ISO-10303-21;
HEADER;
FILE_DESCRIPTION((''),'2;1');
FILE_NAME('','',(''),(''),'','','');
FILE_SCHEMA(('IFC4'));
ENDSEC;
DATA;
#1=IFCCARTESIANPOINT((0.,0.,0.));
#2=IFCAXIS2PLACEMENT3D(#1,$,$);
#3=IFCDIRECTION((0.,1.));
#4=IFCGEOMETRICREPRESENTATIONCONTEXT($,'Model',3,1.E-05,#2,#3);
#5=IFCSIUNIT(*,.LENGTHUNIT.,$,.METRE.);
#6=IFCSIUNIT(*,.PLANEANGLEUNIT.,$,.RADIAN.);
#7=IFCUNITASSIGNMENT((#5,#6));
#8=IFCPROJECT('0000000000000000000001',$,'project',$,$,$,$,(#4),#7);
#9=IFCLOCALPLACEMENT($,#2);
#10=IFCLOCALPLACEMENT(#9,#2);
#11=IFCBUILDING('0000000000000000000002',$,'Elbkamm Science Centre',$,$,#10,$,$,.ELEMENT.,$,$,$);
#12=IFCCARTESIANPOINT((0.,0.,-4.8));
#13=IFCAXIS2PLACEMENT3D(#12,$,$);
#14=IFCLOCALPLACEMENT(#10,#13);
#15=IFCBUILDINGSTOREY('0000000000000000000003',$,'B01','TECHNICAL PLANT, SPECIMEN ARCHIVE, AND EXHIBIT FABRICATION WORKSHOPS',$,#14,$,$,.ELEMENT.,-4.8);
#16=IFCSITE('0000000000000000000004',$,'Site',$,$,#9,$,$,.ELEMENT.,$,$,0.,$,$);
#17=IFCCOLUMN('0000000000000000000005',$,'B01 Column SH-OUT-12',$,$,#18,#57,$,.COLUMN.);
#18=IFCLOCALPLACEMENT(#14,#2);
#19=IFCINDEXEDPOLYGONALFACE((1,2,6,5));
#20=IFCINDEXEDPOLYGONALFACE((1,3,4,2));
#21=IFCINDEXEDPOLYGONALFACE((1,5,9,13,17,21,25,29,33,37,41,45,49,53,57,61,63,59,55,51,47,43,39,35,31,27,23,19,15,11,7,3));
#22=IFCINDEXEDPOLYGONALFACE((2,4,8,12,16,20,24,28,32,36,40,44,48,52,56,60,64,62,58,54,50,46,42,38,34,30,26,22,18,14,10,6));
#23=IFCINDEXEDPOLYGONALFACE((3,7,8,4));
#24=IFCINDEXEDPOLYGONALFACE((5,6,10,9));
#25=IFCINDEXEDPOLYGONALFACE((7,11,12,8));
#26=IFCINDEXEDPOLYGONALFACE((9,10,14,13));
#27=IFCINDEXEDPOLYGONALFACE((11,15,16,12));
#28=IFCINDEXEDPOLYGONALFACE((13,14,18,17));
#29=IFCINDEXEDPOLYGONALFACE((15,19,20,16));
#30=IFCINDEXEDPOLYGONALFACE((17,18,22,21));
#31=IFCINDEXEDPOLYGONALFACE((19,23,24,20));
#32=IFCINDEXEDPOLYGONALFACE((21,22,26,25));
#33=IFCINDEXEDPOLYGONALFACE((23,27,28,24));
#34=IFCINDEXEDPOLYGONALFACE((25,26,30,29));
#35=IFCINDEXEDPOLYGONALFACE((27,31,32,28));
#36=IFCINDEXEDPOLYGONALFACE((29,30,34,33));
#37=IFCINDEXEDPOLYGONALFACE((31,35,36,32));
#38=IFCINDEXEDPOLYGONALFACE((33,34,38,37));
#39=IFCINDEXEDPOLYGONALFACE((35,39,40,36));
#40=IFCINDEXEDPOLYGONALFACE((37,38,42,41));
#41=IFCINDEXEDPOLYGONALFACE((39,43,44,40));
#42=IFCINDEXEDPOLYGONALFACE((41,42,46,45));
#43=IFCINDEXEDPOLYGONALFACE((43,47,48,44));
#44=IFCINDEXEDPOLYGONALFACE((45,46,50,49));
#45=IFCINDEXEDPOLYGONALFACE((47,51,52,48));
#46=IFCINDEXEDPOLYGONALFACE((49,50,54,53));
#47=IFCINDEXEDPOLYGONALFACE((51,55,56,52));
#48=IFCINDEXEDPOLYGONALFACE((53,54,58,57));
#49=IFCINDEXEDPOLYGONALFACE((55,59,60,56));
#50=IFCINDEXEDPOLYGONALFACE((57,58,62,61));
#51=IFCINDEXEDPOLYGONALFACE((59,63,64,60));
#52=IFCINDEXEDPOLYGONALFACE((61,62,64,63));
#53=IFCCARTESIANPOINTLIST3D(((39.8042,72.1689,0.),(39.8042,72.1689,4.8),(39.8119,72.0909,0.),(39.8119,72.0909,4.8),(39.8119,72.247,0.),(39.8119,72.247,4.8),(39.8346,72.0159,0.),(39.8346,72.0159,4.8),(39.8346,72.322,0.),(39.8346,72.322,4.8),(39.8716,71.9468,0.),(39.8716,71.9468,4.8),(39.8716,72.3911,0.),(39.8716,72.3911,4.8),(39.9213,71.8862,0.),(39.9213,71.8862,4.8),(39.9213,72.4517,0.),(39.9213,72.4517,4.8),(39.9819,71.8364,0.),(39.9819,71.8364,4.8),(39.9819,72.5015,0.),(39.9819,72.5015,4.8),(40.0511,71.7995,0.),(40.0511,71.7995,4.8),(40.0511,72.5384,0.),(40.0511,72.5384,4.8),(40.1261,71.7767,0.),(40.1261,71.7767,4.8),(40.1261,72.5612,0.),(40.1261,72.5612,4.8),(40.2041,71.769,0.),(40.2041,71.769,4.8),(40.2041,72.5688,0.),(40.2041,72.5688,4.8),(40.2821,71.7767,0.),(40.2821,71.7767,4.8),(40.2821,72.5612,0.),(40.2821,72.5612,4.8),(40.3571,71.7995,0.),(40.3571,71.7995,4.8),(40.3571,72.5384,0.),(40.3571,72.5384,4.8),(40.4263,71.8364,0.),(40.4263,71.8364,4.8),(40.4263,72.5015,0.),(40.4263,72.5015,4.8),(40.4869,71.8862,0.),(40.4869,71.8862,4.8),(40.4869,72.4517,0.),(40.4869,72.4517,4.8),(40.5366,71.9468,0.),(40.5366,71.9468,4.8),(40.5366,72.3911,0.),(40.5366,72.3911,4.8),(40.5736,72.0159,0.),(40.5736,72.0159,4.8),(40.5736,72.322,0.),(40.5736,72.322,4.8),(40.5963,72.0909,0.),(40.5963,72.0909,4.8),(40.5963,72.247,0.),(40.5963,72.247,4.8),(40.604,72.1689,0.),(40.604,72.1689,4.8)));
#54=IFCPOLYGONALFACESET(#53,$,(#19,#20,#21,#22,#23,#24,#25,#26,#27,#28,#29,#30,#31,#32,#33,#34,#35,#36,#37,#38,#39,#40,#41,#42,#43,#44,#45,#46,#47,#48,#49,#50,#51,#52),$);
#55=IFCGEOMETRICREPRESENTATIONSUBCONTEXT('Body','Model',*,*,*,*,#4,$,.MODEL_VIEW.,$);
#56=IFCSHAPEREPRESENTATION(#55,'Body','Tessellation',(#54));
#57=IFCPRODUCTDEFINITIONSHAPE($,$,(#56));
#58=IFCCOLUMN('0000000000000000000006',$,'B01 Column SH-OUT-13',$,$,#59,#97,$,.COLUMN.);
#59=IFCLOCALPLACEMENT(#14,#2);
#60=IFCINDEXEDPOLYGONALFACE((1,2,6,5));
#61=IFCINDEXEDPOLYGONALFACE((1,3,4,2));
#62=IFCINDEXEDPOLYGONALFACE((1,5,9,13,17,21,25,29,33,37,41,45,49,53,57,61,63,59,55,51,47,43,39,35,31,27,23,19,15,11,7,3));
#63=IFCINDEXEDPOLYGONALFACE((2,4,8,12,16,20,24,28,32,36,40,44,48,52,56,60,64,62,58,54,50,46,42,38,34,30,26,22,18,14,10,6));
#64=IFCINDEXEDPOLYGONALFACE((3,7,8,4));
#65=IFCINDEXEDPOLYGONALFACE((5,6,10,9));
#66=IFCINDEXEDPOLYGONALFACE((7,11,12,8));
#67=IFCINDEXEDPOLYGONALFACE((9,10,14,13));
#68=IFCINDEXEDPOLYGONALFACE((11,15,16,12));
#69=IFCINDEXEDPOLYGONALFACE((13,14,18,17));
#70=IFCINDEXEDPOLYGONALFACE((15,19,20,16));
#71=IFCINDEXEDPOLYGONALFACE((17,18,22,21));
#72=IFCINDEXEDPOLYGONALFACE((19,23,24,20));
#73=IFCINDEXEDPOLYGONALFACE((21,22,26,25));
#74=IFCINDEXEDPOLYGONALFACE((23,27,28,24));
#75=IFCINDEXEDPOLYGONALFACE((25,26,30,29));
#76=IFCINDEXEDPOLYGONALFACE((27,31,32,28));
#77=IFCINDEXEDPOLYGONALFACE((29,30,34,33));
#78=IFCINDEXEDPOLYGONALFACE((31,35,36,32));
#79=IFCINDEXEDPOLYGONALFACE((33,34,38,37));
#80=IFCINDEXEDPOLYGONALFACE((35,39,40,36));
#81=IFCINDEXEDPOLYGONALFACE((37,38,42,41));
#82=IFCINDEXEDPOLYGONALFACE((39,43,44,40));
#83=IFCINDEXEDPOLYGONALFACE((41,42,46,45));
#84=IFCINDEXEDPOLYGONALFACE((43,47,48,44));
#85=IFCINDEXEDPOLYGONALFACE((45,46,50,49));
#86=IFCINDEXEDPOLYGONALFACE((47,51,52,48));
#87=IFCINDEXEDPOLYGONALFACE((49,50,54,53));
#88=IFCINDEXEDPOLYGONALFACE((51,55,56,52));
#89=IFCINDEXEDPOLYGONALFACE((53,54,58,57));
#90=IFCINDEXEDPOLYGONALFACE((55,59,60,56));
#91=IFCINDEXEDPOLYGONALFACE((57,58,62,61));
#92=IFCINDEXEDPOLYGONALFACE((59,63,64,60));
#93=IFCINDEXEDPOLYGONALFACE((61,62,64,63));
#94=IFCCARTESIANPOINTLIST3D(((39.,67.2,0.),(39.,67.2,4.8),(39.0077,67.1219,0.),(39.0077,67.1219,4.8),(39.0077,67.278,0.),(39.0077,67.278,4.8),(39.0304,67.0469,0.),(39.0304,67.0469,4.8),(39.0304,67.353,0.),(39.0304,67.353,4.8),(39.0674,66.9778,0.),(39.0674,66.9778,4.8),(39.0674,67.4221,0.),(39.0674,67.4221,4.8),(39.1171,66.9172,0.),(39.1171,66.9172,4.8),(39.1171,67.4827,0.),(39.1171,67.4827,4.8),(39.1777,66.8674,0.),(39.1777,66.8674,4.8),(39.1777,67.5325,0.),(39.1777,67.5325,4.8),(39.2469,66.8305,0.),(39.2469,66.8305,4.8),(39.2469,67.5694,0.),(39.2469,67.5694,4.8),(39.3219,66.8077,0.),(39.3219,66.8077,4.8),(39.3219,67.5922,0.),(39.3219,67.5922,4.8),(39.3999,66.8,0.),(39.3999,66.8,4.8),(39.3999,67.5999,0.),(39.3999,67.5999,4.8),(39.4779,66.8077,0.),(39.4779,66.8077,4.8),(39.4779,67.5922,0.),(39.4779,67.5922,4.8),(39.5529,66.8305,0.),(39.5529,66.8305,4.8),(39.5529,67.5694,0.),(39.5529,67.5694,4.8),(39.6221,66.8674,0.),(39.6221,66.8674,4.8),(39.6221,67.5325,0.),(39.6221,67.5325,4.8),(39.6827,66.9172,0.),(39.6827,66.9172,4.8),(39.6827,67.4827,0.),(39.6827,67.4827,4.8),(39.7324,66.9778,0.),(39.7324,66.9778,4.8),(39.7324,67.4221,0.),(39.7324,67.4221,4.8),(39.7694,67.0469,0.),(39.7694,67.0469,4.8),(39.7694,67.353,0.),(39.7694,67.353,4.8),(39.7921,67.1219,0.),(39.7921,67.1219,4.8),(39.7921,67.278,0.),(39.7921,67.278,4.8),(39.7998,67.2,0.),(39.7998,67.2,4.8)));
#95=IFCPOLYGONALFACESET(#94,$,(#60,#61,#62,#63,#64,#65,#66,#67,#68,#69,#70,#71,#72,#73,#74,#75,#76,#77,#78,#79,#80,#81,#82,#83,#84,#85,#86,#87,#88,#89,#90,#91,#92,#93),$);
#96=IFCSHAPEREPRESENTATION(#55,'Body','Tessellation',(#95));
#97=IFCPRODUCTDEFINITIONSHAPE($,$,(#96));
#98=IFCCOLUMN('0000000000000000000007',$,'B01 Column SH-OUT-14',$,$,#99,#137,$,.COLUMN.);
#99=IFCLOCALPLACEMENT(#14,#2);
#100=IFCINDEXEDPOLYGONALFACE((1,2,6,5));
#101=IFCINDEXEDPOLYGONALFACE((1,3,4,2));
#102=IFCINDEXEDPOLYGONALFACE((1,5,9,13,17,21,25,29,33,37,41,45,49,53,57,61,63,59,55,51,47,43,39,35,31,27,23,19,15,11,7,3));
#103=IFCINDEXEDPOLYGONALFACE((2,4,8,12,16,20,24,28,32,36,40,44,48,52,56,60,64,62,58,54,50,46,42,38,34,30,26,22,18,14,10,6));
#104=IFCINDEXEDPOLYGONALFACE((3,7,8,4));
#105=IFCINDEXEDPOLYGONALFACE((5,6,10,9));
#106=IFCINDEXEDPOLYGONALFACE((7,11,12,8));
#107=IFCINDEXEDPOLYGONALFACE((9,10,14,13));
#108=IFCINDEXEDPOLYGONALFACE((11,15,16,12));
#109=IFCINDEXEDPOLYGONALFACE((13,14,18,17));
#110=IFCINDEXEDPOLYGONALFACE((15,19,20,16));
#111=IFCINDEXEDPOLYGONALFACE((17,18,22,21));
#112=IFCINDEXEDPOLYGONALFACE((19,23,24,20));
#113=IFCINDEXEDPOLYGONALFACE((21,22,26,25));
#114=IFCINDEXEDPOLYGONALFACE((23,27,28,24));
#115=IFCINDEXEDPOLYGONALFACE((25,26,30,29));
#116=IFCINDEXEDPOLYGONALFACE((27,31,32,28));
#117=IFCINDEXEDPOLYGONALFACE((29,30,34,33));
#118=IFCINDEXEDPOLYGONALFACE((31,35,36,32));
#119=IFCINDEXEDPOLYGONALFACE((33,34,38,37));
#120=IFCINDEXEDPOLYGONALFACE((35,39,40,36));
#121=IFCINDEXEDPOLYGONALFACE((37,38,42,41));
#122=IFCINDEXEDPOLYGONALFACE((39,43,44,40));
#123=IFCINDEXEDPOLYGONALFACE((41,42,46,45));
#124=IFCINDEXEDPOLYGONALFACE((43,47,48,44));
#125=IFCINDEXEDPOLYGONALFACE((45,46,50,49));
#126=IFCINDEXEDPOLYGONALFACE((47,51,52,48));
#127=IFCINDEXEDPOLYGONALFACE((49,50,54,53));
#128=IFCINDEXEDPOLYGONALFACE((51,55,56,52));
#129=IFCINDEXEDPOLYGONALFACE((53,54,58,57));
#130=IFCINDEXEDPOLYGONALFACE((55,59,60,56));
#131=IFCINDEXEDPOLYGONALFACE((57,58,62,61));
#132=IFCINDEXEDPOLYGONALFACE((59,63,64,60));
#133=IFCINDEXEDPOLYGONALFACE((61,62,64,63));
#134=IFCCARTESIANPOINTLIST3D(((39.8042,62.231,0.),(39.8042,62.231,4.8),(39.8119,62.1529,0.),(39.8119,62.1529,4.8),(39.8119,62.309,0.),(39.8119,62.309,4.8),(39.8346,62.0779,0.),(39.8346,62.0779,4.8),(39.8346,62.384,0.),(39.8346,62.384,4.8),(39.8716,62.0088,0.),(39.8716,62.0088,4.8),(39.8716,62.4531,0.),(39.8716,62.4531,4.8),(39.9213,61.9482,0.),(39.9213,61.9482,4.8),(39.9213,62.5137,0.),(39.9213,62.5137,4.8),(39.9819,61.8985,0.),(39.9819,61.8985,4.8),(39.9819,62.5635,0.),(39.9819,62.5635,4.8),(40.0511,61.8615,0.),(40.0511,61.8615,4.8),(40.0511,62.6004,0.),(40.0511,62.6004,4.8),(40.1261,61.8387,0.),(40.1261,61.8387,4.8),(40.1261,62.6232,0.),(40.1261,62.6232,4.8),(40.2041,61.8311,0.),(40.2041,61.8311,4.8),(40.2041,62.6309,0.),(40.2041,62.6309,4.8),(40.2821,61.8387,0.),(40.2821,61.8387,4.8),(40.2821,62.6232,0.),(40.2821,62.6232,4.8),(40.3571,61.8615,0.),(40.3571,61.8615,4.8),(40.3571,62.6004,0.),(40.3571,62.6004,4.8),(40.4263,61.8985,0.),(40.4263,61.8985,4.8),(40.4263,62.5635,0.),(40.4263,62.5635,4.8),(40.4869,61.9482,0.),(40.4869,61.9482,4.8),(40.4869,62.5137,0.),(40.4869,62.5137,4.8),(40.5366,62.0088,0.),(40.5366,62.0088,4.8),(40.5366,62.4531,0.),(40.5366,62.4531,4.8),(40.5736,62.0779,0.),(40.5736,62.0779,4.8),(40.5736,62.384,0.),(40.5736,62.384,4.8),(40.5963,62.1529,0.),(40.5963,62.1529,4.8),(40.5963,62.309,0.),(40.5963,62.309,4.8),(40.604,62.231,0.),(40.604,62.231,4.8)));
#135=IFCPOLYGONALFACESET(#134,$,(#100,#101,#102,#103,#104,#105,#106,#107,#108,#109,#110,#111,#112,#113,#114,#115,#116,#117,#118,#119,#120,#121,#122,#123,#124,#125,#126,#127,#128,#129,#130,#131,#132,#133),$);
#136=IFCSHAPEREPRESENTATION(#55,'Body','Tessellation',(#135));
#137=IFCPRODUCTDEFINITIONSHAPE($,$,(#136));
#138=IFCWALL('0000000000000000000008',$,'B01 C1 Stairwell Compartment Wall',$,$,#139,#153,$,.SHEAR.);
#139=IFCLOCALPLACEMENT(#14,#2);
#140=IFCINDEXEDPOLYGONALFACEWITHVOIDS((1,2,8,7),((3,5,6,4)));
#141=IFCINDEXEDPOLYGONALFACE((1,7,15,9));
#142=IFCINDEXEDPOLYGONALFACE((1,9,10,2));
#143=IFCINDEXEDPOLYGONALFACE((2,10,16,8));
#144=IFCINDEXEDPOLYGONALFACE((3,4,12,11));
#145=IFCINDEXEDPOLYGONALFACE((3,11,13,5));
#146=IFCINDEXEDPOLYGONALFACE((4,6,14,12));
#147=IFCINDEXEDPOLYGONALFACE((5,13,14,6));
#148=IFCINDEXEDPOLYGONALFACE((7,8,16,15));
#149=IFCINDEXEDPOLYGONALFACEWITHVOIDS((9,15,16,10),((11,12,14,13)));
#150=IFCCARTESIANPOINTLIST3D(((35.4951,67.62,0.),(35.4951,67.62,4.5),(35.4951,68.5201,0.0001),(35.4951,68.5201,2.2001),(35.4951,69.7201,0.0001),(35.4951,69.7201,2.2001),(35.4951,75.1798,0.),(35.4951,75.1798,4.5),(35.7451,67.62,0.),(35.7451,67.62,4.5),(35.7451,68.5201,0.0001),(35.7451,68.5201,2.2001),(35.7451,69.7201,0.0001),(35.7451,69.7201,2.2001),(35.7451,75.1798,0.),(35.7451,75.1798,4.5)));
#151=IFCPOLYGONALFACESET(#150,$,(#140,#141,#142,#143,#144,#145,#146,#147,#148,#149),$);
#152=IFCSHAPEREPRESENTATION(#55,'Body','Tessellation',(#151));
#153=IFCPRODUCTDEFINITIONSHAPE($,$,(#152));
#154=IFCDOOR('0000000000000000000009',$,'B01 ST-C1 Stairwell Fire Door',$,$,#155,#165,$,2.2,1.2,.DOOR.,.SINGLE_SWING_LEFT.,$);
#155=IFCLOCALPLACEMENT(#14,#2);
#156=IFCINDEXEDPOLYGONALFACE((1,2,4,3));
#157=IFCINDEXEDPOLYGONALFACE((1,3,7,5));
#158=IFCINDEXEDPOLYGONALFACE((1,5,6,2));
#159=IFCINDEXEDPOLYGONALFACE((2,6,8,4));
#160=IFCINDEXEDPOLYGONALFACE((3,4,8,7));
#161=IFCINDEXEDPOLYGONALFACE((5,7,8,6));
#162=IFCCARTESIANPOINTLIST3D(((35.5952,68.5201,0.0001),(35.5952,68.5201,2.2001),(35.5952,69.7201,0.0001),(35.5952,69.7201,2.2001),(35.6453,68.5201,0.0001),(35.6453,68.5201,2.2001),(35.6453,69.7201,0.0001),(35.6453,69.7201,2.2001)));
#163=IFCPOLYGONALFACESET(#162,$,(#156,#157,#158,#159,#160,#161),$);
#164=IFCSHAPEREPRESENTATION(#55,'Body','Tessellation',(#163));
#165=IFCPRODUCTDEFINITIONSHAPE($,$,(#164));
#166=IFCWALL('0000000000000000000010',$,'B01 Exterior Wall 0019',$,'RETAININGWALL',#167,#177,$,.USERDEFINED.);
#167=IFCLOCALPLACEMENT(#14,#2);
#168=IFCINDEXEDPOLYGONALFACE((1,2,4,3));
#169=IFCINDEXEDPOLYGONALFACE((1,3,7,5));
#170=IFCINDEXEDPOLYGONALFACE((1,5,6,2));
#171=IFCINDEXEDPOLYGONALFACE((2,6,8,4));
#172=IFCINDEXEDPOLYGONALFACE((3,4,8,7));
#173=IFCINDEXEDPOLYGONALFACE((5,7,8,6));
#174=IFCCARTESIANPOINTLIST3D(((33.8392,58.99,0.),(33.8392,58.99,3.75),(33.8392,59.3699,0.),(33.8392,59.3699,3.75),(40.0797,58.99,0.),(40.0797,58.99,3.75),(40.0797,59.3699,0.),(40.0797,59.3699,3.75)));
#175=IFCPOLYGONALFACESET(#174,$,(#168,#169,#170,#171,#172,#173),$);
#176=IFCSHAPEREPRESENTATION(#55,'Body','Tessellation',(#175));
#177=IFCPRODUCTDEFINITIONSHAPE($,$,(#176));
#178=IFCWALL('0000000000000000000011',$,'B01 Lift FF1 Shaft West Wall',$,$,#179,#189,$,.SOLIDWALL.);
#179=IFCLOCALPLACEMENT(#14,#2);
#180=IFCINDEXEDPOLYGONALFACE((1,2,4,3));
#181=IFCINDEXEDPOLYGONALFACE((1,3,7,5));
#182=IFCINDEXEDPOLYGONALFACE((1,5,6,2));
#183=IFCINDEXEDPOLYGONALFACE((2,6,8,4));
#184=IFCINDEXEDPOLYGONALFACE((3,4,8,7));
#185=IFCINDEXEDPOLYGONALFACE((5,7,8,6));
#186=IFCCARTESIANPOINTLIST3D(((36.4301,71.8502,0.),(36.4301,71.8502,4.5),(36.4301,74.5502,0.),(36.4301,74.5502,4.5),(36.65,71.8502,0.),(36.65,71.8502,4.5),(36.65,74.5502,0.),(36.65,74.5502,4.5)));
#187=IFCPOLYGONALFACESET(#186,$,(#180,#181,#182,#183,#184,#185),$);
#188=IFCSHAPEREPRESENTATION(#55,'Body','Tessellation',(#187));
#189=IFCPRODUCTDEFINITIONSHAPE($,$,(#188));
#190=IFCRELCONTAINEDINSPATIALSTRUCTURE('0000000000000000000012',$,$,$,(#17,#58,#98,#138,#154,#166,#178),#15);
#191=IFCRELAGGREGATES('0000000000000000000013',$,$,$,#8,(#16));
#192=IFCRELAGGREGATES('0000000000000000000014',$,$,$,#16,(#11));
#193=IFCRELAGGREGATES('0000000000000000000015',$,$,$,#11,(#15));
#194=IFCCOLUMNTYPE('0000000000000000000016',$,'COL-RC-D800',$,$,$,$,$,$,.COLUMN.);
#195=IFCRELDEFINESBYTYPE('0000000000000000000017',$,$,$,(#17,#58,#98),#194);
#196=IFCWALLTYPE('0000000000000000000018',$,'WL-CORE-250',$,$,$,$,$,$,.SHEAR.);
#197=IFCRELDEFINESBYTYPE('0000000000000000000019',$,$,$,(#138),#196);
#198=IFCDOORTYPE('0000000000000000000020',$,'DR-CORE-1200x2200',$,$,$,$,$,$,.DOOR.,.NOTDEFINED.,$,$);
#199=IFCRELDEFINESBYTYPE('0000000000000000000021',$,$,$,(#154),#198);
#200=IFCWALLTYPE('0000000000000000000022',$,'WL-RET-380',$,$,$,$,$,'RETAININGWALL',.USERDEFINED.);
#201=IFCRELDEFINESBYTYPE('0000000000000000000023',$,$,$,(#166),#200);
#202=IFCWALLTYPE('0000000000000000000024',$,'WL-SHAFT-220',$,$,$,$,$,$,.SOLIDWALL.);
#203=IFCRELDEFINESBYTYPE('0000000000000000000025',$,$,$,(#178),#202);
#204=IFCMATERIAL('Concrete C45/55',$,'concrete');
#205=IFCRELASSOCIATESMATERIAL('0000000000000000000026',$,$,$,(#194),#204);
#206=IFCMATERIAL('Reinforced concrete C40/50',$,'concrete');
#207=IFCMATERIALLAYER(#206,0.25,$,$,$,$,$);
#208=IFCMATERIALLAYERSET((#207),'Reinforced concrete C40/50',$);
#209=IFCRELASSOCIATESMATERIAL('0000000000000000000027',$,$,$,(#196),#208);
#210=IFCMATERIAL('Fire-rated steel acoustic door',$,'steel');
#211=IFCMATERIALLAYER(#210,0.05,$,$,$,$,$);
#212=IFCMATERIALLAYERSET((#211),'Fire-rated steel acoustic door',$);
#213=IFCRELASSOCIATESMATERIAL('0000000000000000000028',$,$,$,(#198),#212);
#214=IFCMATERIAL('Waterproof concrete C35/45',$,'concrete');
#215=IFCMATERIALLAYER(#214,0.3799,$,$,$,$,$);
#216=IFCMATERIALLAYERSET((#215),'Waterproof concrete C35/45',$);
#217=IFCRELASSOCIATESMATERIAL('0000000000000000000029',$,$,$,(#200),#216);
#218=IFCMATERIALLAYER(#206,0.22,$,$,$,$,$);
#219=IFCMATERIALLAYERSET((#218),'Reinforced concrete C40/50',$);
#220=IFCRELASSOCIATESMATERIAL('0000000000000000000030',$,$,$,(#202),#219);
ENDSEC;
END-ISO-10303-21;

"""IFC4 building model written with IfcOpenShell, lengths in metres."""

from ifc_helpers import new_model, si_unit, direction, frame, frame_2d, origin, origin_2d, place, context, subcontext, project, spatial, rectangle, circle, extrude, material, layer, layer_set, material_profile, profile_set, type_object, element, fill, save


model = new_model("IFC4")

# Units and contexts
model_context = context("Model", 3, precision=1e-05, world=origin(), true_north=direction((0.0, 1.0)))
body_context = subcontext(model_context, "Body", "Model", "MODEL_VIEW")
ifc_project = project(units=[si_unit("LENGTHUNIT", "METRE"), si_unit("PLANEANGLEUNIT", "RADIAN")], contexts=[model_context])

# Site, building, storey
site_placement = place(None, origin())
site = spatial("IfcSite", under=ifc_project, at=site_placement, Name="Site", CompositionType="ELEMENT", RefElevation=0.0)
building_placement = place(site_placement, origin())
building = spatial("IfcBuilding", under=site, at=building_placement, Name="Elbkamm Science Centre", CompositionType="ELEMENT")
storey_placement = place(building_placement, frame((0.0, 0.0, -4.8)))
storey = spatial("IfcBuildingStorey", under=building, at=storey_placement, Name="B01", Description="TECHNICAL PLANT, SPECIMEN ARCHIVE, AND EXHIBIT FABRICATION WORKSHOPS", CompositionType="ELEMENT", Elevation=-4.8)

# Columns
ifc_material_1 = material(Name="Concrete C45/55", Category="concrete")
ifc_material_profile_1 = material_profile(ifc_material_1, circle(Radius=0.3999, at=origin_2d()), Name="RC D800")
ifc_profile_set_1 = profile_set([ifc_material_profile_1], Name="Concrete C45/55")
column_type_1 = type_object("IfcColumnType", Name="COL-RC-D800", PredefinedType="COLUMN", material=ifc_profile_set_1)
for number, where, z_axis, x_axis, name in (
    (1, (40.2041, 72.1689, 0.0), (0.0, 0.0, 1.0), (1.0, 0.0, 0.0), "B01 Column SH-OUT-12"),
    (2, (39.3999, 67.2, 0.0), (0.0, 0.0, 1.0), (1.0, 0.0, 0.0), "B01 Column SH-OUT-13"),
    (3, (40.2041, 62.231, 0.0), (0.0, 0.0, 1.0), (1.0, 0.0, 0.0), "B01 Column SH-OUT-14"),
):
    element("IfcColumn", number, at=place(storey_placement, frame(where, z_axis=z_axis, x_axis=x_axis)), inside=storey, type_object=column_type_1, Name=name, PredefinedType="COLUMN", context=body_context, shape_type="SweptSolid", body=[
        extrude(circle(Radius=0.3999, at=origin_2d()), origin(), (0.0, 0.0, 1.0), 4.8),
    ])

# Wall, opening, door
ifc_material_2 = material(Name="Reinforced concrete C40/50", Category="concrete")
ifc_layer_1 = layer(ifc_material_2, 0.25)
ifc_layer_set_1 = layer_set([ifc_layer_1], Name="Reinforced concrete C40/50")
wall_type_1 = type_object("IfcWallType", Name="WL-CORE-250", PredefinedType="SHEAR", material=ifc_layer_set_1)
wall_1_placement = place(storey_placement, frame((35.6201, 67.6201, 0.0), z_axis=(0.0, 0.0, 1.0), x_axis=(0.0, 1.0, 0.0)))
wall_1 = element("IfcWall", 4, at=wall_1_placement, inside=storey, type_object=wall_type_1, Name="B01 C1 Stairwell Compartment Wall", PredefinedType="SHEAR", context=body_context, shape_type="SweptSolid", body=[
    extrude(rectangle(XDim=7.5598, YDim=0.25, at=frame_2d((3.7798, 0.0))), origin(), (0.0, 0.0, 1.0), 4.5),
])
opening_1_placement = place(wall_1_placement, frame((0.8999, 0.0, 0.0)))
opening_1 = element("IfcOpeningElement", 5, at=opening_1_placement, cuts=wall_1, PredefinedType="OPENING", context=body_context, shape_type="SweptSolid", body=[
    extrude(rectangle(XDim=1.2, YDim=2.2, at=frame_2d((0.6001, 1.1001))), frame((0.0, 0.137, 0.0), z_axis=(0.0, -1.0, 0.0), x_axis=(1.0, 0.0, 0.0)), (0.0, 0.0, 1.0), 0.2739),
])
ifc_material_3 = material(Name="Fire-rated steel acoustic door", Category="steel")
ifc_layer_2 = layer(ifc_material_3, 0.05)
ifc_layer_set_2 = layer_set([ifc_layer_2], Name="Fire-rated steel acoustic door")
door_type_1 = type_object("IfcDoorType", Name="DR-CORE-1200x2200", OperationType="NOTDEFINED", PredefinedType="DOOR", material=ifc_layer_set_2)
door_1_placement = place(opening_1_placement, origin())
door_1 = element("IfcDoor", 6, at=door_1_placement, inside=storey, type_object=door_type_1, Name="B01 ST-C1 Stairwell Fire Door", OperationType="SINGLE_SWING_LEFT", OverallHeight=2.2, OverallWidth=1.2, PredefinedType="DOOR", context=body_context, shape_type="SweptSolid", body=[
    extrude(rectangle(XDim=1.2, YDim=2.2, at=frame_2d((0.6001, 1.1001))), frame((0.0, 0.0249, 0.0), z_axis=(0.0, -1.0, 0.0), x_axis=(1.0, 0.0, 0.0)), (0.0, 0.0, 1.0), 0.05),
])
fill(opening_1, door_1)

# Walls
ifc_material_4 = material(Name="Waterproof concrete C35/45", Category="concrete")
ifc_layer_3 = layer(ifc_material_4, 0.3799)
ifc_layer_set_3 = layer_set([ifc_layer_3], Name="Waterproof concrete C35/45")
wall_type_2 = type_object("IfcWallType", Name="WL-RET-380", ElementType="RETAININGWALL", PredefinedType="USERDEFINED", material=ifc_layer_set_3)
wall_2_placement = place(storey_placement, frame((40.0796, 59.1799, 0.0), z_axis=(0.0, 0.0, 1.0), x_axis=(-1.0, 0.0, 0.0)))
element("IfcWall", 7, at=wall_2_placement, inside=storey, type_object=wall_type_2, Name="B01 Exterior Wall 0019", ObjectType="RETAININGWALL", PredefinedType="USERDEFINED", context=body_context, shape_type="SweptSolid", body=[
    extrude(rectangle(XDim=6.2405, YDim=0.3799, at=frame_2d((3.1201, 0.0))), origin(), (0.0, 0.0, 1.0), 3.75),
])
ifc_layer_4 = layer(ifc_material_2, 0.22)
ifc_layer_set_4 = layer_set([ifc_layer_4], Name="Reinforced concrete C40/50")
wall_type_3 = type_object("IfcWallType", Name="WL-SHAFT-220", PredefinedType="SOLIDWALL", material=ifc_layer_set_4)
for number, where, z_axis, x_axis, name in (
    (8, (36.54, 71.8501, 0.0), (0.0, 0.0, 1.0), (0.0, 1.0, 0.0), "B01 Lift FF1 Shaft West Wall"),
):
    element("IfcWall", number, at=place(storey_placement, frame(where, z_axis=z_axis, x_axis=x_axis)), inside=storey, type_object=wall_type_3, Name=name, PredefinedType="SOLIDWALL", context=body_context, shape_type="SweptSolid", body=[
        extrude(rectangle(XDim=2.7, YDim=0.22, at=frame_2d((1.3501, 0.0))), origin(), (0.0, 0.0, 1.0), 4.5),
    ])

save(model, "model.ifc")
